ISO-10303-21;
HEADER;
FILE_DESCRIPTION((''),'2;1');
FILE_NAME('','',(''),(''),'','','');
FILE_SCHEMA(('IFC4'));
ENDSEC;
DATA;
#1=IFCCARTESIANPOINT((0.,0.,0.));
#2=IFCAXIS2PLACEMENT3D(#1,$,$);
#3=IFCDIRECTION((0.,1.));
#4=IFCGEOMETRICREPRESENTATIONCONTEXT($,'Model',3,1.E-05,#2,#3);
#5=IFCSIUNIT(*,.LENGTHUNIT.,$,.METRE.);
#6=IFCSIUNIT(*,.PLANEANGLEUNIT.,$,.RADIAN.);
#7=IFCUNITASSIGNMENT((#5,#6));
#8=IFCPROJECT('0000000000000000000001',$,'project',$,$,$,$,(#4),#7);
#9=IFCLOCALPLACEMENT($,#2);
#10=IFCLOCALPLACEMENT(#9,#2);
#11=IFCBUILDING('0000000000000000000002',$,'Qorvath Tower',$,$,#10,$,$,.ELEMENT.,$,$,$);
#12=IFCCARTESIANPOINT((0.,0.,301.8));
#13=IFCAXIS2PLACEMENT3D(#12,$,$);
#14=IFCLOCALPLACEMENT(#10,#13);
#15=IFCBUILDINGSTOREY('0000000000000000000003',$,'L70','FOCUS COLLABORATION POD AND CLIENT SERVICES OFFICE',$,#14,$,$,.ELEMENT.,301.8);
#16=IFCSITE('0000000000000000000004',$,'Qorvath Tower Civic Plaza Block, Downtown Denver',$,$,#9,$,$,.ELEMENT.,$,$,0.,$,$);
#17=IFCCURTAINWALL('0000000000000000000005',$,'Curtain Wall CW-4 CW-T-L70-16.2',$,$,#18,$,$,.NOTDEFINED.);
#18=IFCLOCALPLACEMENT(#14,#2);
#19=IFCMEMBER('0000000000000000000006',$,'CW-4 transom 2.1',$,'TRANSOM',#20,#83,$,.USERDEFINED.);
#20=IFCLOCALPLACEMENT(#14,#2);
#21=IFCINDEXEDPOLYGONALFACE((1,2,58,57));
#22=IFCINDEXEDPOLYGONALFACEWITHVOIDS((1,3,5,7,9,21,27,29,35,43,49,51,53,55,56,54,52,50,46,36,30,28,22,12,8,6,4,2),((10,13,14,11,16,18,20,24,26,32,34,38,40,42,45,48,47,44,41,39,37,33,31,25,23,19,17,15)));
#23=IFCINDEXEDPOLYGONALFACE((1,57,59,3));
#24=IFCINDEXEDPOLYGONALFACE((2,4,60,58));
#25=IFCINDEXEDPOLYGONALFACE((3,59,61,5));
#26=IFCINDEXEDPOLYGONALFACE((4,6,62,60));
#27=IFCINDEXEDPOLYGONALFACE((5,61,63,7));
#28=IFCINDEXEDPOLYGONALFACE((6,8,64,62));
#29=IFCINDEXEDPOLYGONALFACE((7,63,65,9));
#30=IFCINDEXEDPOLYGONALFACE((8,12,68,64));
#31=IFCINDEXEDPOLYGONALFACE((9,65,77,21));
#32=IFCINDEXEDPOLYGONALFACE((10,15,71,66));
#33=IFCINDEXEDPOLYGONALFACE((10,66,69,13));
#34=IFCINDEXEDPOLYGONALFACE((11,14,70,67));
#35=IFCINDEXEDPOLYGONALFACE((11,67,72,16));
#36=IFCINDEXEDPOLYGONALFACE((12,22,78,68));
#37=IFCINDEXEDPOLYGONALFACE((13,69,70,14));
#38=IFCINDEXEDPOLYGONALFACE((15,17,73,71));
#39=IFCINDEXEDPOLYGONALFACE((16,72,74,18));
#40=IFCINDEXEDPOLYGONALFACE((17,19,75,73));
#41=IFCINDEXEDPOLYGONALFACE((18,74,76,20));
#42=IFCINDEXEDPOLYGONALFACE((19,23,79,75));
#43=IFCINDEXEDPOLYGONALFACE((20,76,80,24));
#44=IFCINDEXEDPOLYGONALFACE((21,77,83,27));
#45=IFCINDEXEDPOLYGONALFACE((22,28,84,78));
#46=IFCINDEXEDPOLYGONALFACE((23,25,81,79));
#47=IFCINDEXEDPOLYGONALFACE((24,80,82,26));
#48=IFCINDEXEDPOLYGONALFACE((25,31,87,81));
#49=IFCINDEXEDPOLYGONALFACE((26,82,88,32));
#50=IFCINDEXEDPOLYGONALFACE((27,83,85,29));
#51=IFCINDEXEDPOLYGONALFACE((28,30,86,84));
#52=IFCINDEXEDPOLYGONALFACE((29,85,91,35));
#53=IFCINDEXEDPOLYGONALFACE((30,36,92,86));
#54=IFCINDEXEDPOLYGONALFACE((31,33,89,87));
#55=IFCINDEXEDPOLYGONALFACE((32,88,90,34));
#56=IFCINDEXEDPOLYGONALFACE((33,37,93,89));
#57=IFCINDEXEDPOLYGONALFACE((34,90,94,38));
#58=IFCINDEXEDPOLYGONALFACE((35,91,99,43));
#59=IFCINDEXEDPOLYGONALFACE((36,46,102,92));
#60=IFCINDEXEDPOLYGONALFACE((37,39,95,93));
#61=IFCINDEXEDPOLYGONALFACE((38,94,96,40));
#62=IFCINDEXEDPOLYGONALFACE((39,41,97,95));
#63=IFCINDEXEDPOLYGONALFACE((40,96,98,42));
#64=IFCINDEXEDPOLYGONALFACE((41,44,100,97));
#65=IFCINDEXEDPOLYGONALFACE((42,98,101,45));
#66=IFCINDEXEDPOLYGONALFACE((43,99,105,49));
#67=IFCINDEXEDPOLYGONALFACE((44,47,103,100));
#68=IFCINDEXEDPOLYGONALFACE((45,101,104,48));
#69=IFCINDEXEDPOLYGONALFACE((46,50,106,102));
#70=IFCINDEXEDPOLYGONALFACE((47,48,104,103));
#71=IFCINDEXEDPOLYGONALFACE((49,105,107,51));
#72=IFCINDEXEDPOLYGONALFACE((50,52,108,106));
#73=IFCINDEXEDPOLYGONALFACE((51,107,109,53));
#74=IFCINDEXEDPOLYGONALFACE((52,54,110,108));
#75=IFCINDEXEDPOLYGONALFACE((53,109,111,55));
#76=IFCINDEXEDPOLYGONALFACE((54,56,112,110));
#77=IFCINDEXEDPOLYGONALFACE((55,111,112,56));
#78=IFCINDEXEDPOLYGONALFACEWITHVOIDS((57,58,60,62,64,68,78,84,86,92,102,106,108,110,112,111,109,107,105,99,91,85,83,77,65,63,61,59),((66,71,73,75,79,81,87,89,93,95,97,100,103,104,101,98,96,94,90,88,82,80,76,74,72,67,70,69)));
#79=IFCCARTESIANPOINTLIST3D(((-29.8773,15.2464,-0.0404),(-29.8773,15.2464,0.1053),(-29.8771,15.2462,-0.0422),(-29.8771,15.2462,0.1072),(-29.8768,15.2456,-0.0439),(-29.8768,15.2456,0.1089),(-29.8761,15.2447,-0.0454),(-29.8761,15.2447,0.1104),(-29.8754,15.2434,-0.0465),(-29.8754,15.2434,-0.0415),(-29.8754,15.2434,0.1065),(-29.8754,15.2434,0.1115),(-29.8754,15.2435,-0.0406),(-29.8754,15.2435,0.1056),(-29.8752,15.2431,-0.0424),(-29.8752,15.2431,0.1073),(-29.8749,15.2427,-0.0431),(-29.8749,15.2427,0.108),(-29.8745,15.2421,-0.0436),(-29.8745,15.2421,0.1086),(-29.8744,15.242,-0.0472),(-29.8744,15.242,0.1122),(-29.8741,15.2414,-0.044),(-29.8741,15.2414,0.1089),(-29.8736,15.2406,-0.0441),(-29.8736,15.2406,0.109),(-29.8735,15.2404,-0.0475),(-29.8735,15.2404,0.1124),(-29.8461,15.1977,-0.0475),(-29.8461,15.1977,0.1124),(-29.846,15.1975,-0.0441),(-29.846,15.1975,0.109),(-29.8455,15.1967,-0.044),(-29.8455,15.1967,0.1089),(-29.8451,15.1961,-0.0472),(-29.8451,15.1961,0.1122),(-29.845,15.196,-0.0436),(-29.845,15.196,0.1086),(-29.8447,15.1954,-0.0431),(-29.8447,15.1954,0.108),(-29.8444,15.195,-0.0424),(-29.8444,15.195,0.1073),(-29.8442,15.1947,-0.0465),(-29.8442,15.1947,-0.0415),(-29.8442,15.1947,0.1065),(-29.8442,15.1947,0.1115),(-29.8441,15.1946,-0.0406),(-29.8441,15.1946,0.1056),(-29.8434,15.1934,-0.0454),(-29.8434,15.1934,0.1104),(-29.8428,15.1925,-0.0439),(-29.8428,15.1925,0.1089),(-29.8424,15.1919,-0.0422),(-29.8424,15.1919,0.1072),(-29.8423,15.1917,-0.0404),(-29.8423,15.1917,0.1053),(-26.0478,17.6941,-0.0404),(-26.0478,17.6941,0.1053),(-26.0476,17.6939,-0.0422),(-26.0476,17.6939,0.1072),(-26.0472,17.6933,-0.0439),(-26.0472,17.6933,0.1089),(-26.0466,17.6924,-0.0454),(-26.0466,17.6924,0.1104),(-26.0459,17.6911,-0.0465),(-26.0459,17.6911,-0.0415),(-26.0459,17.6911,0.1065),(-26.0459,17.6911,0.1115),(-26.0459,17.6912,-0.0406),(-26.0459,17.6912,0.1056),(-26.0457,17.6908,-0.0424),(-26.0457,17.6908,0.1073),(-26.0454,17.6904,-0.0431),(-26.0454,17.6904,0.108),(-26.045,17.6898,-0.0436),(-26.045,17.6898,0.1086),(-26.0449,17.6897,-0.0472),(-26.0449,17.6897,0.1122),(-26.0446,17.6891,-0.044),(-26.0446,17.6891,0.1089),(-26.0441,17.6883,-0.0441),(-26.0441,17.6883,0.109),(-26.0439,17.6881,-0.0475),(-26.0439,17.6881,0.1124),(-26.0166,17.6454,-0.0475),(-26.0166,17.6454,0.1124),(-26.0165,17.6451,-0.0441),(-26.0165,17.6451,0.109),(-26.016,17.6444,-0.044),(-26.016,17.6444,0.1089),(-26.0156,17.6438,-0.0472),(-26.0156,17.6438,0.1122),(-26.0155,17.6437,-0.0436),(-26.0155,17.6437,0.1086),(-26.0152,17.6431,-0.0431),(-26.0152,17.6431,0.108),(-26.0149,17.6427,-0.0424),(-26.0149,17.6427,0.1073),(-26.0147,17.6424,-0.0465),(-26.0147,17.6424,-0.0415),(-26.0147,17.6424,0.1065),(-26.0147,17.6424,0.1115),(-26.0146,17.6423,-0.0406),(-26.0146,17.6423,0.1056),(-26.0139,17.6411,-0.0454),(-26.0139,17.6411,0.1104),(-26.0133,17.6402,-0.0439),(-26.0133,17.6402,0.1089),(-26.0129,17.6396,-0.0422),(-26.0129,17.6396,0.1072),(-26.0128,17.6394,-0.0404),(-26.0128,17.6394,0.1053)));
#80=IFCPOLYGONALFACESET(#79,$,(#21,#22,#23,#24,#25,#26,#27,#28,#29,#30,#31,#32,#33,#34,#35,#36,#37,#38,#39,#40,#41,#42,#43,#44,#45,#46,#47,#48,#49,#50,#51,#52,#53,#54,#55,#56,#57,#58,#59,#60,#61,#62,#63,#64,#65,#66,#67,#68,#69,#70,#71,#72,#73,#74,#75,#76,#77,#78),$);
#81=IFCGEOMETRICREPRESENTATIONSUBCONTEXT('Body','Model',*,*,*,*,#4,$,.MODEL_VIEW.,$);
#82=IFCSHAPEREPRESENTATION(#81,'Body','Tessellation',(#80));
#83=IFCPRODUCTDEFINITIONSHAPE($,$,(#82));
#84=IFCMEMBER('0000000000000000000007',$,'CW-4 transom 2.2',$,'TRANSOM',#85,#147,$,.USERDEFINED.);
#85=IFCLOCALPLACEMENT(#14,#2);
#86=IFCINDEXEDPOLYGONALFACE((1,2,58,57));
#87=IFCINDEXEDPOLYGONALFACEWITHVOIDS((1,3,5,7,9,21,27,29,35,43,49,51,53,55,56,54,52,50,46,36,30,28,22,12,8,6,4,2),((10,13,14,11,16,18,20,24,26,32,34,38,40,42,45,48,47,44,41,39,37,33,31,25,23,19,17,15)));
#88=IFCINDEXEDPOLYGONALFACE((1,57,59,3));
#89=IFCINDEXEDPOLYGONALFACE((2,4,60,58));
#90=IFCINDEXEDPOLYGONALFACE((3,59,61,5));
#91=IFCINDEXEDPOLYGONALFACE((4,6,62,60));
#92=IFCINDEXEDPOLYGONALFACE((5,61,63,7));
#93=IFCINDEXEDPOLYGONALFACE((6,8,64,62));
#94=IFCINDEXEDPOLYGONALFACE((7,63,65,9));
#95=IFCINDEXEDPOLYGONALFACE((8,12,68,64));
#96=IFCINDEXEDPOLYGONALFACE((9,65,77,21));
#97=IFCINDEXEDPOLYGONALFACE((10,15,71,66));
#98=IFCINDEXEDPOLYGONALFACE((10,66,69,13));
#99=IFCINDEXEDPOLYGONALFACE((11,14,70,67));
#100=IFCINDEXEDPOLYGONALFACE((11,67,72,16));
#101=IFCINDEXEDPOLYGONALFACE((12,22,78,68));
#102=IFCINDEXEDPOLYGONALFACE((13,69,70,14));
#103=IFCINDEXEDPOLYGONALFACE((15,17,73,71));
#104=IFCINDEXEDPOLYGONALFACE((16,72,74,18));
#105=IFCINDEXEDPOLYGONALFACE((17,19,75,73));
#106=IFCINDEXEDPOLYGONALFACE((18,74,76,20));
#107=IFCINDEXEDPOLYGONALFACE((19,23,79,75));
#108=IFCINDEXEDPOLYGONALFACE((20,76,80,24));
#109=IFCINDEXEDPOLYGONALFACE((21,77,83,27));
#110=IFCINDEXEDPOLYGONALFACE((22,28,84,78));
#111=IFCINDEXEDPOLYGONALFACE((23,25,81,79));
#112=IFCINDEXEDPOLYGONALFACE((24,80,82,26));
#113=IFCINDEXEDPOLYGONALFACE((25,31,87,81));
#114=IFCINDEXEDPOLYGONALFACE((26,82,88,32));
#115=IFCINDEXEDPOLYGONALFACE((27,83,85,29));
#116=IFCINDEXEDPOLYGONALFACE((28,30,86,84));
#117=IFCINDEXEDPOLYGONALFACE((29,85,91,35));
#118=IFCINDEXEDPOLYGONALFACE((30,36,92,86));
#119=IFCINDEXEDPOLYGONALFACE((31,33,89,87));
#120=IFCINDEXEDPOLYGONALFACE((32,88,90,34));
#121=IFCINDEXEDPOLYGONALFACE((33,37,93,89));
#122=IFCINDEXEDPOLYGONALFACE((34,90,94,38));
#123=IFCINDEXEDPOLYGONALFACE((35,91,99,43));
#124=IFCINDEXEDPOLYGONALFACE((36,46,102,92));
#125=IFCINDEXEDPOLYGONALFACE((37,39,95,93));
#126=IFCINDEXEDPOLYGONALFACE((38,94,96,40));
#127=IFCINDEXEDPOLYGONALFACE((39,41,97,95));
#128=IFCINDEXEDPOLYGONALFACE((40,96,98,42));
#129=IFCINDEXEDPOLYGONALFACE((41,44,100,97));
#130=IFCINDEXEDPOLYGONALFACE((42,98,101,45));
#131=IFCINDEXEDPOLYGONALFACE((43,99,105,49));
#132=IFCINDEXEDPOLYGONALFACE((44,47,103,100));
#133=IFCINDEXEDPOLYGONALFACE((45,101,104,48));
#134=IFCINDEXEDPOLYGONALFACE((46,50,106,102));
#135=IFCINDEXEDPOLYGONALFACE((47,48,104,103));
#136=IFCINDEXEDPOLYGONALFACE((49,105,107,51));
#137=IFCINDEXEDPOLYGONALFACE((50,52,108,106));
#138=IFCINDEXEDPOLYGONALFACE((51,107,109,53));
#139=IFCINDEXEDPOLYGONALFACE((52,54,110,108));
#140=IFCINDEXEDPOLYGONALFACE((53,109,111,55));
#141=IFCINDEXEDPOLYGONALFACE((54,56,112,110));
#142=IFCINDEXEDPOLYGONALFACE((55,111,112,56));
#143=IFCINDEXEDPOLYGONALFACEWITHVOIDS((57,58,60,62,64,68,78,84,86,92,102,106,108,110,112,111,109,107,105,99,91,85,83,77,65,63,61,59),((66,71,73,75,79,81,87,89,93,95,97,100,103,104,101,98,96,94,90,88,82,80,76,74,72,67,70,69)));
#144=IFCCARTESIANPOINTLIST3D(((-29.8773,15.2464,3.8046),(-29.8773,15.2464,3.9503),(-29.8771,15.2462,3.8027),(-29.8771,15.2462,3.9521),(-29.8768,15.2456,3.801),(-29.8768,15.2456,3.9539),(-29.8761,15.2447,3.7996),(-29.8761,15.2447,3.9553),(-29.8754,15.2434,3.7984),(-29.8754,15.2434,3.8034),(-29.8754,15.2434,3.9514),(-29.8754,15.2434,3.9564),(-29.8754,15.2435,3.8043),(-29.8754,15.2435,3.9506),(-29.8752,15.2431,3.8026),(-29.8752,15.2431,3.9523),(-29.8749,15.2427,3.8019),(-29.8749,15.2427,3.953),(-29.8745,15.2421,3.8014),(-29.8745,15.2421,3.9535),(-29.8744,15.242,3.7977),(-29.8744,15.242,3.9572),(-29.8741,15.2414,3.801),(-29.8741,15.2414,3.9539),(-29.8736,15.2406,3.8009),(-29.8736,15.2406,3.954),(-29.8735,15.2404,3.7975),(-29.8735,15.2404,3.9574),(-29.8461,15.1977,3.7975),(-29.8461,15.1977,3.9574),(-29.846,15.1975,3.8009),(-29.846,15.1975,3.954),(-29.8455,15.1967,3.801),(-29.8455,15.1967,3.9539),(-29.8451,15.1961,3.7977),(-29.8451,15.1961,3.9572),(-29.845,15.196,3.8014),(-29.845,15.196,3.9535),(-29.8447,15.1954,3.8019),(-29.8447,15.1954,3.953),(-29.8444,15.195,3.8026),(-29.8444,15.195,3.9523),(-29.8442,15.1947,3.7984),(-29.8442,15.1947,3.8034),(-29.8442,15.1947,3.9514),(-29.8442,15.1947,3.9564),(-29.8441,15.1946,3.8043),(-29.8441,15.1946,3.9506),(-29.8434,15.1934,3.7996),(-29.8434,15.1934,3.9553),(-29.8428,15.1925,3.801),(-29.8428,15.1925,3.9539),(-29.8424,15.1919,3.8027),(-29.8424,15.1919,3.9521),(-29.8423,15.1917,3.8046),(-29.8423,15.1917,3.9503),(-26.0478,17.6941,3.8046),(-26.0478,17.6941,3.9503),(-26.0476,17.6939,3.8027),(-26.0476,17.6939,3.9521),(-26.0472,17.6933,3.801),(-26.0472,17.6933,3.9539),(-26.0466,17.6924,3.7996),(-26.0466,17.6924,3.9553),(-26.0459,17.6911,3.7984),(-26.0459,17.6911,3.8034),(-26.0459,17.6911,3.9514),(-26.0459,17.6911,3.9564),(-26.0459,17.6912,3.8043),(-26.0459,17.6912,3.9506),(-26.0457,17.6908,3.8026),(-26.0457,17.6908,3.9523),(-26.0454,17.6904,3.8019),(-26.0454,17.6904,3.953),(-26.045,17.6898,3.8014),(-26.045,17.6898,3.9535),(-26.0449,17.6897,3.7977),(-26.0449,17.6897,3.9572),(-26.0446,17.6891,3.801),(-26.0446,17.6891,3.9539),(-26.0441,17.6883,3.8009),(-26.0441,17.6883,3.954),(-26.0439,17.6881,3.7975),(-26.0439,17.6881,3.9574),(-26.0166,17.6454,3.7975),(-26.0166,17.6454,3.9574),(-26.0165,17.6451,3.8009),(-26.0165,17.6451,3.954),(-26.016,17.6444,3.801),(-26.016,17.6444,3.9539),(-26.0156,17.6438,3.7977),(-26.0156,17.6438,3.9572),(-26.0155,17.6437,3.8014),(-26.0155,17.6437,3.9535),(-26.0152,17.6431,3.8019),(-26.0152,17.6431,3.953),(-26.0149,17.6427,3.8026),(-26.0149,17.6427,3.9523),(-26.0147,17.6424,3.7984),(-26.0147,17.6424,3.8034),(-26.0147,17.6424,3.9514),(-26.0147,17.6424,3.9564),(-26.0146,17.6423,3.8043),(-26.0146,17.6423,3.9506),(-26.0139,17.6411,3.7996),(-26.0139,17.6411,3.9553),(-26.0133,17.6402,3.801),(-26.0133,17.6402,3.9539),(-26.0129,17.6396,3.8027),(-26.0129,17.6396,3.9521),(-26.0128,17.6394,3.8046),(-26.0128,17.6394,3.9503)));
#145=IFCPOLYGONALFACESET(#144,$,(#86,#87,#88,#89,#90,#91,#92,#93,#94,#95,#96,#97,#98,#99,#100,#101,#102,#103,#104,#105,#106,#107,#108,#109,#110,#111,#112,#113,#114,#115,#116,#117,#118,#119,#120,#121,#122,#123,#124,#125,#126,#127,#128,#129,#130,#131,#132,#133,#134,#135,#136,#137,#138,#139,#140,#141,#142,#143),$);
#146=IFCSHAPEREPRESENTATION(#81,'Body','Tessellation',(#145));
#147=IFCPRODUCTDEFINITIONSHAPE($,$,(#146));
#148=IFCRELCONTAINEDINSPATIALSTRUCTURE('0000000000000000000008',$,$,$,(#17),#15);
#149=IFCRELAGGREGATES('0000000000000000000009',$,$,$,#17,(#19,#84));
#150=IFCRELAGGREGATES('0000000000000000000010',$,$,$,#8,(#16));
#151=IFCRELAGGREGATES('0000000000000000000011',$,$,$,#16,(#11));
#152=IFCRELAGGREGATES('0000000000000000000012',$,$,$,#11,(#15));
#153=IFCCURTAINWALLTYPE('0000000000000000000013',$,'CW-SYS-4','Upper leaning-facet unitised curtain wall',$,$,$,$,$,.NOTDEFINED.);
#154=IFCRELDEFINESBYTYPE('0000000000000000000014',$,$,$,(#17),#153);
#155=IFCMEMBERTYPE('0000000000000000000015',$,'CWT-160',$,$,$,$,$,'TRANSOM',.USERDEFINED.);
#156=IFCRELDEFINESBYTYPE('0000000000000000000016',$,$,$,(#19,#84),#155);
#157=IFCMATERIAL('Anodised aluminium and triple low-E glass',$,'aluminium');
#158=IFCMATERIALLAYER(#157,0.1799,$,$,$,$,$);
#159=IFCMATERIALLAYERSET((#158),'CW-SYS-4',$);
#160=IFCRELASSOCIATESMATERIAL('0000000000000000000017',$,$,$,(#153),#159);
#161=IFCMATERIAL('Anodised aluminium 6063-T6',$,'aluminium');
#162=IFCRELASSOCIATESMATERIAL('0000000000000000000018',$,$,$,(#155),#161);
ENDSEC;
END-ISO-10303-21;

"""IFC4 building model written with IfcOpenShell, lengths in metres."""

from ifc_helpers import new_model, si_unit, direction, frame, origin, origin_2d, place, context, subcontext, project, spatial, hollow_rectangle, extrude, material, layer, layer_set, material_profile, profile_set, type_object, element, aggregate, save


model = new_model("IFC4")

# Units and contexts
model_context = context("Model", 3, precision=1e-05, world=origin(), true_north=direction((0.0, 1.0)))
body_context = subcontext(model_context, "Body", "Model", "MODEL_VIEW")
ifc_project = project(units=[si_unit("LENGTHUNIT", "METRE"), si_unit("PLANEANGLEUNIT", "RADIAN")], contexts=[model_context])

# Site, building, storey
site_placement = place(None, origin())
site = spatial("IfcSite", under=ifc_project, at=site_placement, Name="Qorvath Tower Civic Plaza Block, Downtown Denver", CompositionType="ELEMENT", RefElevation=0.0)
building_placement = place(site_placement, origin())
building = spatial("IfcBuilding", under=site, at=building_placement, Name="Qorvath Tower", CompositionType="ELEMENT")
storey_placement = place(building_placement, frame((0.0, 0.0, 301.8)))
storey = spatial("IfcBuildingStorey", under=building, at=storey_placement, Name="L70", Description="FOCUS COLLABORATION POD AND CLIENT SERVICES OFFICE", CompositionType="ELEMENT", Elevation=301.8)

# Shared definitions
ifc_material_1 = material(Name="Anodised aluminium and triple low-E glass", Category="aluminium")
ifc_layer_1 = layer(ifc_material_1, 0.1799)
ifc_layer_set_1 = layer_set([ifc_layer_1], Name="CW-SYS-4")
curtain_wall_type = type_object("IfcCurtainWallType", Name="CW-SYS-4", Description="Upper leaning-facet unitised curtain wall", PredefinedType="NOTDEFINED", material=ifc_layer_set_1)

# Curtain wall, members
curtain_wall_1_placement = place(storey_placement, origin())
curtain_wall_1 = element("IfcCurtainWall", 1, at=curtain_wall_1_placement, inside=storey, type_object=curtain_wall_type, Name="Curtain Wall CW-4 CW-T-L70-16.2", PredefinedType="NOTDEFINED")
ifc_material_2 = material(Name="Anodised aluminium 6063-T6", Category="aluminium")
ifc_material_profile_1 = material_profile(ifc_material_2, hollow_rectangle(XDim=0.0649, YDim=0.1599, WallThickness=0.0034, InnerFilletRadius=0.0034, OuterFilletRadius=0.0071, at=origin_2d()), Name="CWT 160x65")
ifc_profile_set_1 = profile_set([ifc_material_profile_1], Name="Anodised aluminium 6063-T6")
member_type_1 = type_object("IfcMemberType", Name="CWT-160", ElementType="TRANSOM", PredefinedType="USERDEFINED", material=ifc_profile_set_1)
member_1_placement = place(storey_placement, frame((-26.0303, 17.6667, 0.0325), z_axis=(-0.842589, -0.538557, 0.0), x_axis=(0.538557, -0.842589, 0.0)))
member_1 = element("IfcMember", 2, at=member_1_placement, type_object=member_type_1, Name="CW-4 transom 2.1", ObjectType="TRANSOM", PredefinedType="USERDEFINED", context=body_context, shape_type="SweptSolid", body=[
    extrude(hollow_rectangle(XDim=0.0649, YDim=0.1599, WallThickness=0.0034, InnerFilletRadius=0.0034, OuterFilletRadius=0.0071, at=origin_2d()), origin(), (0.0, 0.0, 1.0), 4.5449),
])
member_2_placement = place(storey_placement, frame((-26.0303, 17.6667, 3.8774), z_axis=(-0.842589, -0.538557, 0.0), x_axis=(0.538557, -0.842589, 0.0)))
member_2 = element("IfcMember", 3, at=member_2_placement, type_object=member_type_1, Name="CW-4 transom 2.2", ObjectType="TRANSOM", PredefinedType="USERDEFINED", context=body_context, shape_type="SweptSolid", body=[
    extrude(hollow_rectangle(XDim=0.0649, YDim=0.1599, WallThickness=0.0034, InnerFilletRadius=0.0034, OuterFilletRadius=0.0071, at=origin_2d()), origin(), (0.0, 0.0, 1.0), 4.5449),
])
aggregate(curtain_wall_1, [member_1, member_2])

save(model, "model.ifc")
